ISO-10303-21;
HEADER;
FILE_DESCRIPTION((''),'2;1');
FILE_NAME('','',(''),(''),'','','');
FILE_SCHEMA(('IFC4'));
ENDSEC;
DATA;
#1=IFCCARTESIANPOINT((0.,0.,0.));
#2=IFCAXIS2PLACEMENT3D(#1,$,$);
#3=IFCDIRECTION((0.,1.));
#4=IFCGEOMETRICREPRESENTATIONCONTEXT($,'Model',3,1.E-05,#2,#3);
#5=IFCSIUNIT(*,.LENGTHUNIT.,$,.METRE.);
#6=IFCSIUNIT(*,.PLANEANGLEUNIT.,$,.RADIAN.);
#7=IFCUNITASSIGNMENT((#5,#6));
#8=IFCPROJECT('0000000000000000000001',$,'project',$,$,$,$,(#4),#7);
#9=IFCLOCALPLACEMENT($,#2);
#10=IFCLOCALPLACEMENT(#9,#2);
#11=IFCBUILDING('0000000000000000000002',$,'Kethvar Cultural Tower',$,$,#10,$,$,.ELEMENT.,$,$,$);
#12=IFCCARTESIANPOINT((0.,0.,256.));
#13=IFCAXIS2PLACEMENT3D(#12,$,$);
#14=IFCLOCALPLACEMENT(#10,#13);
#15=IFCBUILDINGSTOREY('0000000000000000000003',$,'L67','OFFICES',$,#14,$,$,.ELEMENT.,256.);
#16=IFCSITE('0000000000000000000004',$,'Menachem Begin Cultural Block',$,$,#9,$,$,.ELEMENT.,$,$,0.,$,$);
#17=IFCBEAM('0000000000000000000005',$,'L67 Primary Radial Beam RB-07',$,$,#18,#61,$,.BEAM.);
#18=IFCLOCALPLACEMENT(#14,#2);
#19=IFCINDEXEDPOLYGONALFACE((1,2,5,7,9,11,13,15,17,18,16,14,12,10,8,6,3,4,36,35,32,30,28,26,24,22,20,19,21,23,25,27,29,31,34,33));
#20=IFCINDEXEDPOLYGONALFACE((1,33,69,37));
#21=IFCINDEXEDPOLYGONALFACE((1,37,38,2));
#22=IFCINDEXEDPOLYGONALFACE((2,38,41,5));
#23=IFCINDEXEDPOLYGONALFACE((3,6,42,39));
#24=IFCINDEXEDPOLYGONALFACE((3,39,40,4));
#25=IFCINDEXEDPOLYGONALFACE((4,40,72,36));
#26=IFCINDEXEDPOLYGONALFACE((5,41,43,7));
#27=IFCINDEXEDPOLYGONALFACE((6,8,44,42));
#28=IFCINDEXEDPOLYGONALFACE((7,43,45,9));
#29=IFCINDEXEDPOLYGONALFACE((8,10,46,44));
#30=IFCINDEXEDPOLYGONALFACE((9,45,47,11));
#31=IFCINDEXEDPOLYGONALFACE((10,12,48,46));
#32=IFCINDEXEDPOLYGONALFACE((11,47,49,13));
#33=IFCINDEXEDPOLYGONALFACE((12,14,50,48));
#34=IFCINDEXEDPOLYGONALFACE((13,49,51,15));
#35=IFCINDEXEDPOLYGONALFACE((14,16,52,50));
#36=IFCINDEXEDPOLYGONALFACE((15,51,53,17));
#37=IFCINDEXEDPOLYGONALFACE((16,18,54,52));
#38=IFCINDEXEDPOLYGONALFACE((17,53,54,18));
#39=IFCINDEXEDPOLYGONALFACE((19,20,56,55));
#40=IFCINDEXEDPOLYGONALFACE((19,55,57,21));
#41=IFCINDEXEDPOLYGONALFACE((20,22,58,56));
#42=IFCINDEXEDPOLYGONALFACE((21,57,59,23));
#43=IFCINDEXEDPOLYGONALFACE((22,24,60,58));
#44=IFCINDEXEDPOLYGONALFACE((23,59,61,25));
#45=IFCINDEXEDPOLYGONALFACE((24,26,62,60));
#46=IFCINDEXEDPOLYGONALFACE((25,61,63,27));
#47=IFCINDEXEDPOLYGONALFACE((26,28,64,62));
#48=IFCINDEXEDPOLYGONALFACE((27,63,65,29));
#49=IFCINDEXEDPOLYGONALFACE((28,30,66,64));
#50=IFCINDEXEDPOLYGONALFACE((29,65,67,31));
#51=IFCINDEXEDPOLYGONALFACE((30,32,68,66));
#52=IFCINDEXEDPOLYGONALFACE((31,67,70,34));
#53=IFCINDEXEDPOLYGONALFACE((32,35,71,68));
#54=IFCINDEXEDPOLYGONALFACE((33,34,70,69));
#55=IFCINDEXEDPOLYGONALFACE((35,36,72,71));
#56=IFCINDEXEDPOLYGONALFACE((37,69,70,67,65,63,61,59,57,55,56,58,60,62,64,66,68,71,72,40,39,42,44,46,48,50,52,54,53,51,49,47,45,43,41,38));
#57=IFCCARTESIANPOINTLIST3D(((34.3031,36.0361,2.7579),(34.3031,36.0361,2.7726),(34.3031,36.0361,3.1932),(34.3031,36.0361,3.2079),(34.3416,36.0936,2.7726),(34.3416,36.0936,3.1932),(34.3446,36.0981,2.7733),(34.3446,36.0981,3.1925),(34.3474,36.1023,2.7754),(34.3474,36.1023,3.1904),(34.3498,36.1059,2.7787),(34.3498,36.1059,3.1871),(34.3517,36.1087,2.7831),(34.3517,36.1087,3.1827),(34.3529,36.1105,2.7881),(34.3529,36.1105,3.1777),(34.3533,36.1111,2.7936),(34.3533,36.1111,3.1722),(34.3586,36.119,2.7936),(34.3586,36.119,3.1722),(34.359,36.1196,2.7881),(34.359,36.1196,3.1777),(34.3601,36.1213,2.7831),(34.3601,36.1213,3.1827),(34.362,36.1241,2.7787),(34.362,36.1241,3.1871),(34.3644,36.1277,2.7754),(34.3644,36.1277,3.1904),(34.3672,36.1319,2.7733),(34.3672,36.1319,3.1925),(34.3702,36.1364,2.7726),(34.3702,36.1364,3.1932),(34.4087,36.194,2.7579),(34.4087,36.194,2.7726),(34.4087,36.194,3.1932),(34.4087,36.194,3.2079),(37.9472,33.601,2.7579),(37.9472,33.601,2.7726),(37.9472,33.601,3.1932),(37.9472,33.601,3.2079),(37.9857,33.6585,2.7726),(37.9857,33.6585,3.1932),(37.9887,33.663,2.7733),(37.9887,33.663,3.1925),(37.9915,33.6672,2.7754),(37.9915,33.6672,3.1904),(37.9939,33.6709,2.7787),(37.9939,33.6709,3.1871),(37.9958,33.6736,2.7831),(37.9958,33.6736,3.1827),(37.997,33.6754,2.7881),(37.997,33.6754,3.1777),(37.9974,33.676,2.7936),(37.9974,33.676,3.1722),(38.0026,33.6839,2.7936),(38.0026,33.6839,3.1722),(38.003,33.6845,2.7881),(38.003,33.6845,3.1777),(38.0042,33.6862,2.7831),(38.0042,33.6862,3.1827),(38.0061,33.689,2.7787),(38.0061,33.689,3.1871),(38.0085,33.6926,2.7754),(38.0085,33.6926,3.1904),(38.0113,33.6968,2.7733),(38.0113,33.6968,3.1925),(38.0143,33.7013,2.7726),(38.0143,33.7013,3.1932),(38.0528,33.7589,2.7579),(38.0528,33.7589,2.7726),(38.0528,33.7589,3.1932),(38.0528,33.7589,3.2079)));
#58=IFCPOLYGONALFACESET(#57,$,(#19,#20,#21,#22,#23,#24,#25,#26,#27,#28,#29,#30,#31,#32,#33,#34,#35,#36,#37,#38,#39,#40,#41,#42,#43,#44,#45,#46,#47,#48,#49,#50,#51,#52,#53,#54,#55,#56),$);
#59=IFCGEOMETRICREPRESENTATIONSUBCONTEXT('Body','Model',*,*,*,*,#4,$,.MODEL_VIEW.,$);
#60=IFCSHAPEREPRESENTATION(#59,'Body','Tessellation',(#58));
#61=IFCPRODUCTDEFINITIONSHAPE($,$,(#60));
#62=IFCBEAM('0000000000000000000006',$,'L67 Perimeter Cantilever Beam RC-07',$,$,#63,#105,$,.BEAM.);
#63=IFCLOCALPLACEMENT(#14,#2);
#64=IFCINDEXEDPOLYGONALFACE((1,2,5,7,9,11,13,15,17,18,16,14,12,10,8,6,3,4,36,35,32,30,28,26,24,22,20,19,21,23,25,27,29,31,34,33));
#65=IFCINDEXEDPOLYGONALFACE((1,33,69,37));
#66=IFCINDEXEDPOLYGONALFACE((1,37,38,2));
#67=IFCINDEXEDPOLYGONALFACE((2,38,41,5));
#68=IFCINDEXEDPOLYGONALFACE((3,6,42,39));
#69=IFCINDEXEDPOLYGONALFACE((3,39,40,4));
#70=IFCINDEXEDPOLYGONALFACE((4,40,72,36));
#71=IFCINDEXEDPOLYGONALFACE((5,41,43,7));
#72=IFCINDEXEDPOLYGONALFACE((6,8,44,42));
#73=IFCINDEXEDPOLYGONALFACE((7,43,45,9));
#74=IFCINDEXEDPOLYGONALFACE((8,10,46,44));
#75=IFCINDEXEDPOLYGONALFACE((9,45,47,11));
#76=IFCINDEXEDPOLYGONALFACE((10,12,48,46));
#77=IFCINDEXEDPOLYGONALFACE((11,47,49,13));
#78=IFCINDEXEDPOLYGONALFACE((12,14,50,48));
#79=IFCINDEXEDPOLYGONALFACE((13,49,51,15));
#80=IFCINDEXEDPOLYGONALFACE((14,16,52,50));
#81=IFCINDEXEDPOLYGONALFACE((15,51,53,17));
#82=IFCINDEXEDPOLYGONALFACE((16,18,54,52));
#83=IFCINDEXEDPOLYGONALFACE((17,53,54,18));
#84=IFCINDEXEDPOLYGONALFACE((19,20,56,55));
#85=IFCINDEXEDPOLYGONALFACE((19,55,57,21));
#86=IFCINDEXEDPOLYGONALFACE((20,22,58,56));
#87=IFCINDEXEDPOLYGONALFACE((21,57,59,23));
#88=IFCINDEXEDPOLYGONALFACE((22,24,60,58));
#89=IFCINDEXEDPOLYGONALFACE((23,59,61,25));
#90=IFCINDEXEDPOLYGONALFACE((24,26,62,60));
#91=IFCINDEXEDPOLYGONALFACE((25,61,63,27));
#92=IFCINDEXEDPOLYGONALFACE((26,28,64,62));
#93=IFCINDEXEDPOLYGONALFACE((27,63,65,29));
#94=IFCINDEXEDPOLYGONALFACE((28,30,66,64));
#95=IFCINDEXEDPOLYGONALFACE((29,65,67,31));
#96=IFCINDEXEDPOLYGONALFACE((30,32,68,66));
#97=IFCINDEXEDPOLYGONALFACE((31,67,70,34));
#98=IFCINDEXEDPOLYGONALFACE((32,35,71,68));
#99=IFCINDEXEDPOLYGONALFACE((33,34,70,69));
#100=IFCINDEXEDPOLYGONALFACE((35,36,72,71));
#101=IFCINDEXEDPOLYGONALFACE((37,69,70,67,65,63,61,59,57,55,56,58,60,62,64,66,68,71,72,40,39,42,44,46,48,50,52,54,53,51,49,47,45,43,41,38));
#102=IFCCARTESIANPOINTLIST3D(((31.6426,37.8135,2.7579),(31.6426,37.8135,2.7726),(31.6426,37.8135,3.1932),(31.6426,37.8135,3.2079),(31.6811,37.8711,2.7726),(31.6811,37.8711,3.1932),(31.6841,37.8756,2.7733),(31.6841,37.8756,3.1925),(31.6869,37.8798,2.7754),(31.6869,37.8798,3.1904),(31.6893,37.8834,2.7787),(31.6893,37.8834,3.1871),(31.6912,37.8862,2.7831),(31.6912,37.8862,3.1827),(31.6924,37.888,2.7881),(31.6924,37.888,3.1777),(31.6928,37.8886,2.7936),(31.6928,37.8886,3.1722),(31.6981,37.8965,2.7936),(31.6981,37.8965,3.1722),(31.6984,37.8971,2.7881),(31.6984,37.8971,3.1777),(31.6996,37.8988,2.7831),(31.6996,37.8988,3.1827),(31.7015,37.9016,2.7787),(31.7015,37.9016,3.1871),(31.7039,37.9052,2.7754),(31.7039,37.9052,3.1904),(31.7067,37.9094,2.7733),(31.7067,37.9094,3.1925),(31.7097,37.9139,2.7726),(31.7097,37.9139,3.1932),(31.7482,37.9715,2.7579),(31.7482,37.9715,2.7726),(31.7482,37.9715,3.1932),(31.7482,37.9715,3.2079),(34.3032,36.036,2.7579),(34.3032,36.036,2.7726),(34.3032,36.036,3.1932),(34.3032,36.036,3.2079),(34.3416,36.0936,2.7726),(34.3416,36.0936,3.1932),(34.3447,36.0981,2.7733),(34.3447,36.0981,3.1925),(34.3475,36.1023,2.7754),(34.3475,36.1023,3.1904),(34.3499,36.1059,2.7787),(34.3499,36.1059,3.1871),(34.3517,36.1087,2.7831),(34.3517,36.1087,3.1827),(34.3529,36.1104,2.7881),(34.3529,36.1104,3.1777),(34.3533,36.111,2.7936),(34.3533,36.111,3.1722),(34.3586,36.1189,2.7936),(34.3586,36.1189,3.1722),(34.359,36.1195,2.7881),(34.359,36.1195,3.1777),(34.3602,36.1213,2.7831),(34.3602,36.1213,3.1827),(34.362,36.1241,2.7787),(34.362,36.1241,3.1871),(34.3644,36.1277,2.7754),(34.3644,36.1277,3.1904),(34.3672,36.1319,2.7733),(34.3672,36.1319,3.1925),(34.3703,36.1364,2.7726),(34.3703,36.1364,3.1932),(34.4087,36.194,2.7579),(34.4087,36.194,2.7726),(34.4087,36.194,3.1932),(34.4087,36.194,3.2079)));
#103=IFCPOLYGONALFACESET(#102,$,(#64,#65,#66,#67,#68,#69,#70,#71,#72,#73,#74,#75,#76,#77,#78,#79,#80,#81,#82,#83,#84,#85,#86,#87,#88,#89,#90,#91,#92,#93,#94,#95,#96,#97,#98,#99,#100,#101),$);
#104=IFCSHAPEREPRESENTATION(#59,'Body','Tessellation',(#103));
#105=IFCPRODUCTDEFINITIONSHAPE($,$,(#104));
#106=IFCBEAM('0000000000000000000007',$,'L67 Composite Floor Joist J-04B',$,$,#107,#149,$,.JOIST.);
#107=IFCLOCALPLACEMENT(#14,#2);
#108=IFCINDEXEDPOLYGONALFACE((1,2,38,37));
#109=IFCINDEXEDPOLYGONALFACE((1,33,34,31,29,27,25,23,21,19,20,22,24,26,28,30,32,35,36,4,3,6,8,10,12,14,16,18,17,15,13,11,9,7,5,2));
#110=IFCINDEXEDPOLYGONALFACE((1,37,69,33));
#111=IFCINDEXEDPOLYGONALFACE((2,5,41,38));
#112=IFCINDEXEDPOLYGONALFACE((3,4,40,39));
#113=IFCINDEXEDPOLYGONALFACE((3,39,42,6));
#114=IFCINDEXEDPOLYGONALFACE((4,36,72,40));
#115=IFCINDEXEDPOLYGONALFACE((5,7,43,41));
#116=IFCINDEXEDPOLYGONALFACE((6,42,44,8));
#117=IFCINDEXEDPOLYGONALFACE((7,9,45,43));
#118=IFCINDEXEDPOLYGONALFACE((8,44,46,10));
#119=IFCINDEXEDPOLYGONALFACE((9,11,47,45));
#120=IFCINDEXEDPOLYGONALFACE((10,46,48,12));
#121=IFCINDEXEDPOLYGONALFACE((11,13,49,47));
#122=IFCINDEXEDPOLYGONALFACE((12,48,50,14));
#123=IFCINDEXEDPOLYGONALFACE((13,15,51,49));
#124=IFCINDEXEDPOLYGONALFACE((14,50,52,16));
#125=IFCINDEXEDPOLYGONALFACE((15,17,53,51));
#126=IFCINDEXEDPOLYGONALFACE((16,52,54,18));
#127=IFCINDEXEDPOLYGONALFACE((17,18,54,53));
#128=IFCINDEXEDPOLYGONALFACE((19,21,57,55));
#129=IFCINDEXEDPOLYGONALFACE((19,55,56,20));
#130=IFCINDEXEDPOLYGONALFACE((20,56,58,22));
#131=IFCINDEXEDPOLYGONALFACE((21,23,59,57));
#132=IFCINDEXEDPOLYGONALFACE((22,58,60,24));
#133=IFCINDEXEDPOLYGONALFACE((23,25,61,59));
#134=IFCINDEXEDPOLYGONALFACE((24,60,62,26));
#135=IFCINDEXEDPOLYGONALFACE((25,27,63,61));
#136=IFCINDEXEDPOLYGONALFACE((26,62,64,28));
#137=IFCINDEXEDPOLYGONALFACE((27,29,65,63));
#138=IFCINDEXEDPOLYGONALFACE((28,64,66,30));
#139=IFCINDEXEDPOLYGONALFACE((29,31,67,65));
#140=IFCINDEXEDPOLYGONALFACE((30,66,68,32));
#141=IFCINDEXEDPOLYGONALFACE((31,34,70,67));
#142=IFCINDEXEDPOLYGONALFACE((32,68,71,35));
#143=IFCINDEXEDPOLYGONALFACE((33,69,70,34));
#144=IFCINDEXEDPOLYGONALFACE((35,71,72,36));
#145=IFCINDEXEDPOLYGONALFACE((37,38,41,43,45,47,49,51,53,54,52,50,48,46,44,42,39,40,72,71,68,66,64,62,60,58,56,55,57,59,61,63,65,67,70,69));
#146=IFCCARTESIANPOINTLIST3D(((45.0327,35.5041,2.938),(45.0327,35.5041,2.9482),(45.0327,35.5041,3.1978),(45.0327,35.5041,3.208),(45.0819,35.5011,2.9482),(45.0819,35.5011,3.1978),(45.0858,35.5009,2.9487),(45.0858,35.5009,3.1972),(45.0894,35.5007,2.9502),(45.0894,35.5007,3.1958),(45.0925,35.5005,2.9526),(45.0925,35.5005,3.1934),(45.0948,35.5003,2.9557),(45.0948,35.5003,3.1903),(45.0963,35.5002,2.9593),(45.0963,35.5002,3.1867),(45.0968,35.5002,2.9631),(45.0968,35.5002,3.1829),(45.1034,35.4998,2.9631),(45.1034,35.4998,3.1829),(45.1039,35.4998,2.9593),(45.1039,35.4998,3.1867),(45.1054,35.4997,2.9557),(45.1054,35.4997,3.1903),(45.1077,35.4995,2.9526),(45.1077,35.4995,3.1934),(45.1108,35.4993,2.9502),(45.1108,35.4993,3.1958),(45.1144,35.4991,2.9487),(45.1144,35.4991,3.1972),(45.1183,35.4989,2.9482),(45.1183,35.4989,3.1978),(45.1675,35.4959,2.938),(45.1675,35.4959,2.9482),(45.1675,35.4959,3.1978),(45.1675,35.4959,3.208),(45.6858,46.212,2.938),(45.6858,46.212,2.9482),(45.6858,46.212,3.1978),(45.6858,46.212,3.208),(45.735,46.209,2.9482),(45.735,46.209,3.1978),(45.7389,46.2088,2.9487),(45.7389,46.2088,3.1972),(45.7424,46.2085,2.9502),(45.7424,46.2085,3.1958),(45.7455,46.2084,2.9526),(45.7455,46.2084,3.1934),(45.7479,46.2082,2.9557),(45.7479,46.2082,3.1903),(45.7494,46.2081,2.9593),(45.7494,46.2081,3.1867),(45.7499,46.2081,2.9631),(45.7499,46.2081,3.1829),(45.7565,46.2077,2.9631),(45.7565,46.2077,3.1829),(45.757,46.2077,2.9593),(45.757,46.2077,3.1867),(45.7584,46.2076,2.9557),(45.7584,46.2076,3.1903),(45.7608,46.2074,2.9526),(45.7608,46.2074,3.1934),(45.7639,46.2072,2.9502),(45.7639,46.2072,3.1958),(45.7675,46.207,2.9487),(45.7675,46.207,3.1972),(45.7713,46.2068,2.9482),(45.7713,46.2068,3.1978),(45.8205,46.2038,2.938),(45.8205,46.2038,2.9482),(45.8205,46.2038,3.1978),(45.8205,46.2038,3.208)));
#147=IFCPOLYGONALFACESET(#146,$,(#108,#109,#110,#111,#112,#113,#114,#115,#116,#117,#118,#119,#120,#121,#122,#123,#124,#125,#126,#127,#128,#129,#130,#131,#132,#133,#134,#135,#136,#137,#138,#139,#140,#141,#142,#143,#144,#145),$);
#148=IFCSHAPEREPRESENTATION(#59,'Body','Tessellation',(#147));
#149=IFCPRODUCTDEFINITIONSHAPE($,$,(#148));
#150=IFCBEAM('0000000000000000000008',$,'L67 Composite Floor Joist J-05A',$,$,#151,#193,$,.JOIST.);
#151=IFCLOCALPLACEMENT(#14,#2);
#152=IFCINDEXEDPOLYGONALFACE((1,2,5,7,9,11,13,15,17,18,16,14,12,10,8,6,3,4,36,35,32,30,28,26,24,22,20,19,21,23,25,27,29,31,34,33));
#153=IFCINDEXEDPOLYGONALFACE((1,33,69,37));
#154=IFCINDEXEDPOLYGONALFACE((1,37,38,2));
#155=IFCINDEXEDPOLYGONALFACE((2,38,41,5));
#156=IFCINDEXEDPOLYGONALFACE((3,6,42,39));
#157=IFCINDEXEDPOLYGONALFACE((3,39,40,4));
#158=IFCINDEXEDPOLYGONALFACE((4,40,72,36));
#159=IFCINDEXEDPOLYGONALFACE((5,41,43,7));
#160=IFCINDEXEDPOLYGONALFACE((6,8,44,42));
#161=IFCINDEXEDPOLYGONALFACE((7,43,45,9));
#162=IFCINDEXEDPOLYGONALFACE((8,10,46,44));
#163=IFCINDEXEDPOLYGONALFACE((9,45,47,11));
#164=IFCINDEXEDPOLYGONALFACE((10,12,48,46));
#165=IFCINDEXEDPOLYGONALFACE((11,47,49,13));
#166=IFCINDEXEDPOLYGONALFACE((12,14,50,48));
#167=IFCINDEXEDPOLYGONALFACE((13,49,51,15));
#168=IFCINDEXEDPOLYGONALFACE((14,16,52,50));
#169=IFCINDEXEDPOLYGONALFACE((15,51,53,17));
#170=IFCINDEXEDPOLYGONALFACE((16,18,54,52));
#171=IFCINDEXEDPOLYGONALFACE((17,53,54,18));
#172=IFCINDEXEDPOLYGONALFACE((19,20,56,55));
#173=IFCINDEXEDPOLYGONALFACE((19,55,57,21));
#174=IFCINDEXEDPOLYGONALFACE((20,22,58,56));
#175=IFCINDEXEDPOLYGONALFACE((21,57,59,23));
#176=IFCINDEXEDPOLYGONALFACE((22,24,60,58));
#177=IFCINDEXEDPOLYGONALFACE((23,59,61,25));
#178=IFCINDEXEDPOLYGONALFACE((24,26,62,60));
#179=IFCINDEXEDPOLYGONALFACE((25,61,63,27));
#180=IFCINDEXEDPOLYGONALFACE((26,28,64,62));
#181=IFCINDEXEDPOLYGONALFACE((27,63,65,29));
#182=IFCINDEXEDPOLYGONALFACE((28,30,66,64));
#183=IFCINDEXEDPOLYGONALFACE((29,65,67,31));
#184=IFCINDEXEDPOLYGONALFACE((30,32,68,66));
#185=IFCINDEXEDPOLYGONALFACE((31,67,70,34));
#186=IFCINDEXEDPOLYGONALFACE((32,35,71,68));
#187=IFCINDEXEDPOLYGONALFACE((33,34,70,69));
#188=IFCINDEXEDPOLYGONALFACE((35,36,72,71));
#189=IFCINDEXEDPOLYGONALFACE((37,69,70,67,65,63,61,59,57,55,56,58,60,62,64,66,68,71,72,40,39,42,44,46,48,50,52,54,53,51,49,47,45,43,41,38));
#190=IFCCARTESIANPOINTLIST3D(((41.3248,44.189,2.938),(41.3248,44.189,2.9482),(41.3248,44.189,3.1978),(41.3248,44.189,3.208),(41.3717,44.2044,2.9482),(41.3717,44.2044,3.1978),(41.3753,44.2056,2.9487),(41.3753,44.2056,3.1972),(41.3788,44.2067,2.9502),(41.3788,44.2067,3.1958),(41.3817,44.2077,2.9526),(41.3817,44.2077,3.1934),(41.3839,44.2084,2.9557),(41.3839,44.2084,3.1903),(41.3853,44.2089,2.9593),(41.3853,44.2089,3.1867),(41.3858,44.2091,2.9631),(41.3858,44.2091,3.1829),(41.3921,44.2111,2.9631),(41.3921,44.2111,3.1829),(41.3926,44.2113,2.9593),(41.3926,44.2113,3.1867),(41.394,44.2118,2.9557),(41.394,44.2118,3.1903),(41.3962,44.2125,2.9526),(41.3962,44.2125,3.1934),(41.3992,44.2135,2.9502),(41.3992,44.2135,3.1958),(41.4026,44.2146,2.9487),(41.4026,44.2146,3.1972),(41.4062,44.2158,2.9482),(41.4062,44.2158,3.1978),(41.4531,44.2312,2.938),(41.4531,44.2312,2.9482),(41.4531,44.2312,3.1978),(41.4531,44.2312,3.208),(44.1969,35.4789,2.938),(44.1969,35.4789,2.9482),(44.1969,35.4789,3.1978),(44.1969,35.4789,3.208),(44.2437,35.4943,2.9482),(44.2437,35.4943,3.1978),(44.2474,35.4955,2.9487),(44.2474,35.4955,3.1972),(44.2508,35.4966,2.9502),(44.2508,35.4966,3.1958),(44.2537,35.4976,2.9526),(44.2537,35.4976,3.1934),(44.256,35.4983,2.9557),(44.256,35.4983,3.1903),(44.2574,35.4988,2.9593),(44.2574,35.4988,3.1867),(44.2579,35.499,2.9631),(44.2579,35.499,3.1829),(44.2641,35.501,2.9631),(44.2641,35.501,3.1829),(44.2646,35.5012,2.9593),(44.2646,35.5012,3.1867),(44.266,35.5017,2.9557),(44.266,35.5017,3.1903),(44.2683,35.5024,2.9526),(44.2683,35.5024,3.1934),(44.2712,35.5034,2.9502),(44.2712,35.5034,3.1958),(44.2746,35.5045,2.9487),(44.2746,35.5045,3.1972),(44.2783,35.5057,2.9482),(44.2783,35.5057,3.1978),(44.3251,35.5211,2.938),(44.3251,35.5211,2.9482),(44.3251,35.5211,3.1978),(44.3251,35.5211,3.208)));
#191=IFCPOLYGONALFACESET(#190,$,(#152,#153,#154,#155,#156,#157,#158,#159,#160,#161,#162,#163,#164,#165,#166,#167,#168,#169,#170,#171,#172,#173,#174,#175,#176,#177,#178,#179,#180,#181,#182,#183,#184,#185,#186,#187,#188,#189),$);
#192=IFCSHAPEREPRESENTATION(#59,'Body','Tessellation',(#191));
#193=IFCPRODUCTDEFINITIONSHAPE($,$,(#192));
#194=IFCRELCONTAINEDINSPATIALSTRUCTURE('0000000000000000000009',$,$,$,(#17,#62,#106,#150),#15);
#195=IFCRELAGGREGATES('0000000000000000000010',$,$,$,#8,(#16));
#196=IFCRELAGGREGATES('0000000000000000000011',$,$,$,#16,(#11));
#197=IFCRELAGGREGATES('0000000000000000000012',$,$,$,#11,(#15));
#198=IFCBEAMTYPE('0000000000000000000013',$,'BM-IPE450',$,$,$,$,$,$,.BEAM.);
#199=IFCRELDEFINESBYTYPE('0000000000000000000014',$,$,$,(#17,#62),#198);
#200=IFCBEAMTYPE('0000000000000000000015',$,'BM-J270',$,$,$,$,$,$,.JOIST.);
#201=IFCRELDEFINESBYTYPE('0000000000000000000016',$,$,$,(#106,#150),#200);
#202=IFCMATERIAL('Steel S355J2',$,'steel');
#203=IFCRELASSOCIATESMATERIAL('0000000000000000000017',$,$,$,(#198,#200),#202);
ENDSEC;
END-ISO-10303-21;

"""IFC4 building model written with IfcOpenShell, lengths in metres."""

from ifc_helpers import new_model, si_unit, direction, frame, origin, origin_2d, place, context, subcontext, project, spatial, i_section, extrude, source, transform, mapped, material, material_profile, profile_set, type_object, element, save


model = new_model("IFC4")

# Units and contexts
model_context = context("Model", 3, precision=1e-05, world=origin(), true_north=direction((0.0, 1.0)))
body_context = subcontext(model_context, "Body", "Model", "MODEL_VIEW")
ifc_project = project(units=[si_unit("LENGTHUNIT", "METRE"), si_unit("PLANEANGLEUNIT", "RADIAN")], contexts=[model_context])

# Site, building, storey
site_placement = place(None, origin())
site = spatial("IfcSite", under=ifc_project, at=site_placement, Name="Menachem Begin Cultural Block", CompositionType="ELEMENT", RefElevation=0.0)
building_placement = place(site_placement, origin())
building = spatial("IfcBuilding", under=site, at=building_placement, Name="Kethvar Cultural Tower", CompositionType="ELEMENT")
storey_placement = place(building_placement, frame((0.0, 0.0, 256.0)))
storey = spatial("IfcBuildingStorey", under=building, at=storey_placement, Name="L67", Description="OFFICES", CompositionType="ELEMENT", Elevation=256.0)

# Beams
ifc_material_1 = material(Name="Steel S355J2", Category="steel")
ifc_material_profile_1 = material_profile(ifc_material_1, i_section(OverallWidth=0.1899, OverallDepth=0.45, WebThickness=0.0095, FlangeThickness=0.0146, FilletRadius=0.021, at=origin_2d()), Name="Steel S355J2 — IPE450")
ifc_profile_set_1 = profile_set([ifc_material_profile_1], Name="Steel S355J2 — IPE450")
beam_type_1 = type_object("IfcBeamType", Name="BM-IPE450", PredefinedType="BEAM", material=ifc_profile_set_1)
shared_shape_1 = source(origin(), body_context, "Body", "SweptSolid", [
    extrude(i_section(OverallWidth=0.1899, OverallDepth=0.45, WebThickness=0.0095, FlangeThickness=0.0146, FilletRadius=0.021, at=origin_2d()), origin(), (0.0, 0.0, 1.0), 4.3828),
])
beam_1_placement = place(storey_placement, frame((38.0, 33.6799, 2.9829), z_axis=(-0.83145, 0.5556, 0.0), x_axis=(-0.5556, -0.83145, 0.0)))
element("IfcBeam", 1, at=beam_1_placement, inside=storey, type_object=beam_type_1, Name="L67 Primary Radial Beam RB-07", PredefinedType="BEAM", context=body_context, shape_type="MappedRepresentation", body=[
    mapped(shared_shape_1, transform((0.0, 0.0, 0.0), scale=1.0)),
])
shared_shape_2 = source(origin(), body_context, "Body", "SweptSolid", [
    extrude(i_section(OverallWidth=0.1899, OverallDepth=0.45, WebThickness=0.0095, FlangeThickness=0.0146, FilletRadius=0.021, at=origin_2d()), origin(), (0.0, 0.0, 1.0), 3.1997),
])
beam_2_placement = place(storey_placement, frame((34.356, 36.115, 2.9829), z_axis=(-0.831498, 0.555527, 0.0), x_axis=(-0.555527, -0.831498, 0.0)))
element("IfcBeam", 2, at=beam_2_placement, inside=storey, type_object=beam_type_1, Name="L67 Perimeter Cantilever Beam RC-07", PredefinedType="BEAM", context=body_context, shape_type="MappedRepresentation", body=[
    mapped(shared_shape_2, transform((0.0, 0.0, 0.0), scale=1.0)),
])
ifc_material_profile_2 = material_profile(ifc_material_1, i_section(OverallWidth=0.135, OverallDepth=0.27, WebThickness=0.0066, FlangeThickness=0.0103, FilletRadius=0.0149, at=origin_2d()), Name="Steel S355J2 — IPE270")
ifc_profile_set_2 = profile_set([ifc_material_profile_2], Name="Steel S355J2 — IPE270")
beam_type_2 = type_object("IfcBeamType", Name="BM-J270", PredefinedType="JOIST", material=ifc_profile_set_2)
shared_shape_3 = source(origin(), body_context, "Body", "SweptSolid", [
    extrude(i_section(OverallWidth=0.135, OverallDepth=0.27, WebThickness=0.0066, FlangeThickness=0.0103, FilletRadius=0.0149, at=origin_2d()), origin(), (0.0, 0.0, 1.0), 10.7278),
])
beam_3_placement = place(storey_placement, frame((45.1001, 35.5, 3.073), z_axis=(0.060876, 0.998145, 0.0), x_axis=(-0.998145, 0.060876, 0.0)))
element("IfcBeam", 3, at=beam_3_placement, inside=storey, type_object=beam_type_2, Name="L67 Composite Floor Joist J-04B", PredefinedType="JOIST", context=body_context, shape_type="MappedRepresentation", body=[
    mapped(shared_shape_3, transform((0.0, 0.0, 0.0), scale=1.0)),
])
shared_shape_4 = source(origin(), body_context, "Body", "SweptSolid", [
    extrude(i_section(OverallWidth=0.135, OverallDepth=0.27, WebThickness=0.0066, FlangeThickness=0.0103, FilletRadius=0.0149, at=origin_2d()), origin(), (0.0, 0.0, 1.0), 9.1714),
])
beam_4_placement = place(storey_placement, frame((44.261, 35.5, 3.073), z_axis=(-0.313152, 0.949703, 0.0), x_axis=(-0.949703, -0.313152, 0.0)))
element("IfcBeam", 4, at=beam_4_placement, inside=storey, type_object=beam_type_2, Name="L67 Composite Floor Joist J-05A", PredefinedType="JOIST", context=body_context, shape_type="MappedRepresentation", body=[
    mapped(shared_shape_4, transform((0.0, 0.0, 0.0), scale=1.0)),
])

save(model, "model.ifc")
